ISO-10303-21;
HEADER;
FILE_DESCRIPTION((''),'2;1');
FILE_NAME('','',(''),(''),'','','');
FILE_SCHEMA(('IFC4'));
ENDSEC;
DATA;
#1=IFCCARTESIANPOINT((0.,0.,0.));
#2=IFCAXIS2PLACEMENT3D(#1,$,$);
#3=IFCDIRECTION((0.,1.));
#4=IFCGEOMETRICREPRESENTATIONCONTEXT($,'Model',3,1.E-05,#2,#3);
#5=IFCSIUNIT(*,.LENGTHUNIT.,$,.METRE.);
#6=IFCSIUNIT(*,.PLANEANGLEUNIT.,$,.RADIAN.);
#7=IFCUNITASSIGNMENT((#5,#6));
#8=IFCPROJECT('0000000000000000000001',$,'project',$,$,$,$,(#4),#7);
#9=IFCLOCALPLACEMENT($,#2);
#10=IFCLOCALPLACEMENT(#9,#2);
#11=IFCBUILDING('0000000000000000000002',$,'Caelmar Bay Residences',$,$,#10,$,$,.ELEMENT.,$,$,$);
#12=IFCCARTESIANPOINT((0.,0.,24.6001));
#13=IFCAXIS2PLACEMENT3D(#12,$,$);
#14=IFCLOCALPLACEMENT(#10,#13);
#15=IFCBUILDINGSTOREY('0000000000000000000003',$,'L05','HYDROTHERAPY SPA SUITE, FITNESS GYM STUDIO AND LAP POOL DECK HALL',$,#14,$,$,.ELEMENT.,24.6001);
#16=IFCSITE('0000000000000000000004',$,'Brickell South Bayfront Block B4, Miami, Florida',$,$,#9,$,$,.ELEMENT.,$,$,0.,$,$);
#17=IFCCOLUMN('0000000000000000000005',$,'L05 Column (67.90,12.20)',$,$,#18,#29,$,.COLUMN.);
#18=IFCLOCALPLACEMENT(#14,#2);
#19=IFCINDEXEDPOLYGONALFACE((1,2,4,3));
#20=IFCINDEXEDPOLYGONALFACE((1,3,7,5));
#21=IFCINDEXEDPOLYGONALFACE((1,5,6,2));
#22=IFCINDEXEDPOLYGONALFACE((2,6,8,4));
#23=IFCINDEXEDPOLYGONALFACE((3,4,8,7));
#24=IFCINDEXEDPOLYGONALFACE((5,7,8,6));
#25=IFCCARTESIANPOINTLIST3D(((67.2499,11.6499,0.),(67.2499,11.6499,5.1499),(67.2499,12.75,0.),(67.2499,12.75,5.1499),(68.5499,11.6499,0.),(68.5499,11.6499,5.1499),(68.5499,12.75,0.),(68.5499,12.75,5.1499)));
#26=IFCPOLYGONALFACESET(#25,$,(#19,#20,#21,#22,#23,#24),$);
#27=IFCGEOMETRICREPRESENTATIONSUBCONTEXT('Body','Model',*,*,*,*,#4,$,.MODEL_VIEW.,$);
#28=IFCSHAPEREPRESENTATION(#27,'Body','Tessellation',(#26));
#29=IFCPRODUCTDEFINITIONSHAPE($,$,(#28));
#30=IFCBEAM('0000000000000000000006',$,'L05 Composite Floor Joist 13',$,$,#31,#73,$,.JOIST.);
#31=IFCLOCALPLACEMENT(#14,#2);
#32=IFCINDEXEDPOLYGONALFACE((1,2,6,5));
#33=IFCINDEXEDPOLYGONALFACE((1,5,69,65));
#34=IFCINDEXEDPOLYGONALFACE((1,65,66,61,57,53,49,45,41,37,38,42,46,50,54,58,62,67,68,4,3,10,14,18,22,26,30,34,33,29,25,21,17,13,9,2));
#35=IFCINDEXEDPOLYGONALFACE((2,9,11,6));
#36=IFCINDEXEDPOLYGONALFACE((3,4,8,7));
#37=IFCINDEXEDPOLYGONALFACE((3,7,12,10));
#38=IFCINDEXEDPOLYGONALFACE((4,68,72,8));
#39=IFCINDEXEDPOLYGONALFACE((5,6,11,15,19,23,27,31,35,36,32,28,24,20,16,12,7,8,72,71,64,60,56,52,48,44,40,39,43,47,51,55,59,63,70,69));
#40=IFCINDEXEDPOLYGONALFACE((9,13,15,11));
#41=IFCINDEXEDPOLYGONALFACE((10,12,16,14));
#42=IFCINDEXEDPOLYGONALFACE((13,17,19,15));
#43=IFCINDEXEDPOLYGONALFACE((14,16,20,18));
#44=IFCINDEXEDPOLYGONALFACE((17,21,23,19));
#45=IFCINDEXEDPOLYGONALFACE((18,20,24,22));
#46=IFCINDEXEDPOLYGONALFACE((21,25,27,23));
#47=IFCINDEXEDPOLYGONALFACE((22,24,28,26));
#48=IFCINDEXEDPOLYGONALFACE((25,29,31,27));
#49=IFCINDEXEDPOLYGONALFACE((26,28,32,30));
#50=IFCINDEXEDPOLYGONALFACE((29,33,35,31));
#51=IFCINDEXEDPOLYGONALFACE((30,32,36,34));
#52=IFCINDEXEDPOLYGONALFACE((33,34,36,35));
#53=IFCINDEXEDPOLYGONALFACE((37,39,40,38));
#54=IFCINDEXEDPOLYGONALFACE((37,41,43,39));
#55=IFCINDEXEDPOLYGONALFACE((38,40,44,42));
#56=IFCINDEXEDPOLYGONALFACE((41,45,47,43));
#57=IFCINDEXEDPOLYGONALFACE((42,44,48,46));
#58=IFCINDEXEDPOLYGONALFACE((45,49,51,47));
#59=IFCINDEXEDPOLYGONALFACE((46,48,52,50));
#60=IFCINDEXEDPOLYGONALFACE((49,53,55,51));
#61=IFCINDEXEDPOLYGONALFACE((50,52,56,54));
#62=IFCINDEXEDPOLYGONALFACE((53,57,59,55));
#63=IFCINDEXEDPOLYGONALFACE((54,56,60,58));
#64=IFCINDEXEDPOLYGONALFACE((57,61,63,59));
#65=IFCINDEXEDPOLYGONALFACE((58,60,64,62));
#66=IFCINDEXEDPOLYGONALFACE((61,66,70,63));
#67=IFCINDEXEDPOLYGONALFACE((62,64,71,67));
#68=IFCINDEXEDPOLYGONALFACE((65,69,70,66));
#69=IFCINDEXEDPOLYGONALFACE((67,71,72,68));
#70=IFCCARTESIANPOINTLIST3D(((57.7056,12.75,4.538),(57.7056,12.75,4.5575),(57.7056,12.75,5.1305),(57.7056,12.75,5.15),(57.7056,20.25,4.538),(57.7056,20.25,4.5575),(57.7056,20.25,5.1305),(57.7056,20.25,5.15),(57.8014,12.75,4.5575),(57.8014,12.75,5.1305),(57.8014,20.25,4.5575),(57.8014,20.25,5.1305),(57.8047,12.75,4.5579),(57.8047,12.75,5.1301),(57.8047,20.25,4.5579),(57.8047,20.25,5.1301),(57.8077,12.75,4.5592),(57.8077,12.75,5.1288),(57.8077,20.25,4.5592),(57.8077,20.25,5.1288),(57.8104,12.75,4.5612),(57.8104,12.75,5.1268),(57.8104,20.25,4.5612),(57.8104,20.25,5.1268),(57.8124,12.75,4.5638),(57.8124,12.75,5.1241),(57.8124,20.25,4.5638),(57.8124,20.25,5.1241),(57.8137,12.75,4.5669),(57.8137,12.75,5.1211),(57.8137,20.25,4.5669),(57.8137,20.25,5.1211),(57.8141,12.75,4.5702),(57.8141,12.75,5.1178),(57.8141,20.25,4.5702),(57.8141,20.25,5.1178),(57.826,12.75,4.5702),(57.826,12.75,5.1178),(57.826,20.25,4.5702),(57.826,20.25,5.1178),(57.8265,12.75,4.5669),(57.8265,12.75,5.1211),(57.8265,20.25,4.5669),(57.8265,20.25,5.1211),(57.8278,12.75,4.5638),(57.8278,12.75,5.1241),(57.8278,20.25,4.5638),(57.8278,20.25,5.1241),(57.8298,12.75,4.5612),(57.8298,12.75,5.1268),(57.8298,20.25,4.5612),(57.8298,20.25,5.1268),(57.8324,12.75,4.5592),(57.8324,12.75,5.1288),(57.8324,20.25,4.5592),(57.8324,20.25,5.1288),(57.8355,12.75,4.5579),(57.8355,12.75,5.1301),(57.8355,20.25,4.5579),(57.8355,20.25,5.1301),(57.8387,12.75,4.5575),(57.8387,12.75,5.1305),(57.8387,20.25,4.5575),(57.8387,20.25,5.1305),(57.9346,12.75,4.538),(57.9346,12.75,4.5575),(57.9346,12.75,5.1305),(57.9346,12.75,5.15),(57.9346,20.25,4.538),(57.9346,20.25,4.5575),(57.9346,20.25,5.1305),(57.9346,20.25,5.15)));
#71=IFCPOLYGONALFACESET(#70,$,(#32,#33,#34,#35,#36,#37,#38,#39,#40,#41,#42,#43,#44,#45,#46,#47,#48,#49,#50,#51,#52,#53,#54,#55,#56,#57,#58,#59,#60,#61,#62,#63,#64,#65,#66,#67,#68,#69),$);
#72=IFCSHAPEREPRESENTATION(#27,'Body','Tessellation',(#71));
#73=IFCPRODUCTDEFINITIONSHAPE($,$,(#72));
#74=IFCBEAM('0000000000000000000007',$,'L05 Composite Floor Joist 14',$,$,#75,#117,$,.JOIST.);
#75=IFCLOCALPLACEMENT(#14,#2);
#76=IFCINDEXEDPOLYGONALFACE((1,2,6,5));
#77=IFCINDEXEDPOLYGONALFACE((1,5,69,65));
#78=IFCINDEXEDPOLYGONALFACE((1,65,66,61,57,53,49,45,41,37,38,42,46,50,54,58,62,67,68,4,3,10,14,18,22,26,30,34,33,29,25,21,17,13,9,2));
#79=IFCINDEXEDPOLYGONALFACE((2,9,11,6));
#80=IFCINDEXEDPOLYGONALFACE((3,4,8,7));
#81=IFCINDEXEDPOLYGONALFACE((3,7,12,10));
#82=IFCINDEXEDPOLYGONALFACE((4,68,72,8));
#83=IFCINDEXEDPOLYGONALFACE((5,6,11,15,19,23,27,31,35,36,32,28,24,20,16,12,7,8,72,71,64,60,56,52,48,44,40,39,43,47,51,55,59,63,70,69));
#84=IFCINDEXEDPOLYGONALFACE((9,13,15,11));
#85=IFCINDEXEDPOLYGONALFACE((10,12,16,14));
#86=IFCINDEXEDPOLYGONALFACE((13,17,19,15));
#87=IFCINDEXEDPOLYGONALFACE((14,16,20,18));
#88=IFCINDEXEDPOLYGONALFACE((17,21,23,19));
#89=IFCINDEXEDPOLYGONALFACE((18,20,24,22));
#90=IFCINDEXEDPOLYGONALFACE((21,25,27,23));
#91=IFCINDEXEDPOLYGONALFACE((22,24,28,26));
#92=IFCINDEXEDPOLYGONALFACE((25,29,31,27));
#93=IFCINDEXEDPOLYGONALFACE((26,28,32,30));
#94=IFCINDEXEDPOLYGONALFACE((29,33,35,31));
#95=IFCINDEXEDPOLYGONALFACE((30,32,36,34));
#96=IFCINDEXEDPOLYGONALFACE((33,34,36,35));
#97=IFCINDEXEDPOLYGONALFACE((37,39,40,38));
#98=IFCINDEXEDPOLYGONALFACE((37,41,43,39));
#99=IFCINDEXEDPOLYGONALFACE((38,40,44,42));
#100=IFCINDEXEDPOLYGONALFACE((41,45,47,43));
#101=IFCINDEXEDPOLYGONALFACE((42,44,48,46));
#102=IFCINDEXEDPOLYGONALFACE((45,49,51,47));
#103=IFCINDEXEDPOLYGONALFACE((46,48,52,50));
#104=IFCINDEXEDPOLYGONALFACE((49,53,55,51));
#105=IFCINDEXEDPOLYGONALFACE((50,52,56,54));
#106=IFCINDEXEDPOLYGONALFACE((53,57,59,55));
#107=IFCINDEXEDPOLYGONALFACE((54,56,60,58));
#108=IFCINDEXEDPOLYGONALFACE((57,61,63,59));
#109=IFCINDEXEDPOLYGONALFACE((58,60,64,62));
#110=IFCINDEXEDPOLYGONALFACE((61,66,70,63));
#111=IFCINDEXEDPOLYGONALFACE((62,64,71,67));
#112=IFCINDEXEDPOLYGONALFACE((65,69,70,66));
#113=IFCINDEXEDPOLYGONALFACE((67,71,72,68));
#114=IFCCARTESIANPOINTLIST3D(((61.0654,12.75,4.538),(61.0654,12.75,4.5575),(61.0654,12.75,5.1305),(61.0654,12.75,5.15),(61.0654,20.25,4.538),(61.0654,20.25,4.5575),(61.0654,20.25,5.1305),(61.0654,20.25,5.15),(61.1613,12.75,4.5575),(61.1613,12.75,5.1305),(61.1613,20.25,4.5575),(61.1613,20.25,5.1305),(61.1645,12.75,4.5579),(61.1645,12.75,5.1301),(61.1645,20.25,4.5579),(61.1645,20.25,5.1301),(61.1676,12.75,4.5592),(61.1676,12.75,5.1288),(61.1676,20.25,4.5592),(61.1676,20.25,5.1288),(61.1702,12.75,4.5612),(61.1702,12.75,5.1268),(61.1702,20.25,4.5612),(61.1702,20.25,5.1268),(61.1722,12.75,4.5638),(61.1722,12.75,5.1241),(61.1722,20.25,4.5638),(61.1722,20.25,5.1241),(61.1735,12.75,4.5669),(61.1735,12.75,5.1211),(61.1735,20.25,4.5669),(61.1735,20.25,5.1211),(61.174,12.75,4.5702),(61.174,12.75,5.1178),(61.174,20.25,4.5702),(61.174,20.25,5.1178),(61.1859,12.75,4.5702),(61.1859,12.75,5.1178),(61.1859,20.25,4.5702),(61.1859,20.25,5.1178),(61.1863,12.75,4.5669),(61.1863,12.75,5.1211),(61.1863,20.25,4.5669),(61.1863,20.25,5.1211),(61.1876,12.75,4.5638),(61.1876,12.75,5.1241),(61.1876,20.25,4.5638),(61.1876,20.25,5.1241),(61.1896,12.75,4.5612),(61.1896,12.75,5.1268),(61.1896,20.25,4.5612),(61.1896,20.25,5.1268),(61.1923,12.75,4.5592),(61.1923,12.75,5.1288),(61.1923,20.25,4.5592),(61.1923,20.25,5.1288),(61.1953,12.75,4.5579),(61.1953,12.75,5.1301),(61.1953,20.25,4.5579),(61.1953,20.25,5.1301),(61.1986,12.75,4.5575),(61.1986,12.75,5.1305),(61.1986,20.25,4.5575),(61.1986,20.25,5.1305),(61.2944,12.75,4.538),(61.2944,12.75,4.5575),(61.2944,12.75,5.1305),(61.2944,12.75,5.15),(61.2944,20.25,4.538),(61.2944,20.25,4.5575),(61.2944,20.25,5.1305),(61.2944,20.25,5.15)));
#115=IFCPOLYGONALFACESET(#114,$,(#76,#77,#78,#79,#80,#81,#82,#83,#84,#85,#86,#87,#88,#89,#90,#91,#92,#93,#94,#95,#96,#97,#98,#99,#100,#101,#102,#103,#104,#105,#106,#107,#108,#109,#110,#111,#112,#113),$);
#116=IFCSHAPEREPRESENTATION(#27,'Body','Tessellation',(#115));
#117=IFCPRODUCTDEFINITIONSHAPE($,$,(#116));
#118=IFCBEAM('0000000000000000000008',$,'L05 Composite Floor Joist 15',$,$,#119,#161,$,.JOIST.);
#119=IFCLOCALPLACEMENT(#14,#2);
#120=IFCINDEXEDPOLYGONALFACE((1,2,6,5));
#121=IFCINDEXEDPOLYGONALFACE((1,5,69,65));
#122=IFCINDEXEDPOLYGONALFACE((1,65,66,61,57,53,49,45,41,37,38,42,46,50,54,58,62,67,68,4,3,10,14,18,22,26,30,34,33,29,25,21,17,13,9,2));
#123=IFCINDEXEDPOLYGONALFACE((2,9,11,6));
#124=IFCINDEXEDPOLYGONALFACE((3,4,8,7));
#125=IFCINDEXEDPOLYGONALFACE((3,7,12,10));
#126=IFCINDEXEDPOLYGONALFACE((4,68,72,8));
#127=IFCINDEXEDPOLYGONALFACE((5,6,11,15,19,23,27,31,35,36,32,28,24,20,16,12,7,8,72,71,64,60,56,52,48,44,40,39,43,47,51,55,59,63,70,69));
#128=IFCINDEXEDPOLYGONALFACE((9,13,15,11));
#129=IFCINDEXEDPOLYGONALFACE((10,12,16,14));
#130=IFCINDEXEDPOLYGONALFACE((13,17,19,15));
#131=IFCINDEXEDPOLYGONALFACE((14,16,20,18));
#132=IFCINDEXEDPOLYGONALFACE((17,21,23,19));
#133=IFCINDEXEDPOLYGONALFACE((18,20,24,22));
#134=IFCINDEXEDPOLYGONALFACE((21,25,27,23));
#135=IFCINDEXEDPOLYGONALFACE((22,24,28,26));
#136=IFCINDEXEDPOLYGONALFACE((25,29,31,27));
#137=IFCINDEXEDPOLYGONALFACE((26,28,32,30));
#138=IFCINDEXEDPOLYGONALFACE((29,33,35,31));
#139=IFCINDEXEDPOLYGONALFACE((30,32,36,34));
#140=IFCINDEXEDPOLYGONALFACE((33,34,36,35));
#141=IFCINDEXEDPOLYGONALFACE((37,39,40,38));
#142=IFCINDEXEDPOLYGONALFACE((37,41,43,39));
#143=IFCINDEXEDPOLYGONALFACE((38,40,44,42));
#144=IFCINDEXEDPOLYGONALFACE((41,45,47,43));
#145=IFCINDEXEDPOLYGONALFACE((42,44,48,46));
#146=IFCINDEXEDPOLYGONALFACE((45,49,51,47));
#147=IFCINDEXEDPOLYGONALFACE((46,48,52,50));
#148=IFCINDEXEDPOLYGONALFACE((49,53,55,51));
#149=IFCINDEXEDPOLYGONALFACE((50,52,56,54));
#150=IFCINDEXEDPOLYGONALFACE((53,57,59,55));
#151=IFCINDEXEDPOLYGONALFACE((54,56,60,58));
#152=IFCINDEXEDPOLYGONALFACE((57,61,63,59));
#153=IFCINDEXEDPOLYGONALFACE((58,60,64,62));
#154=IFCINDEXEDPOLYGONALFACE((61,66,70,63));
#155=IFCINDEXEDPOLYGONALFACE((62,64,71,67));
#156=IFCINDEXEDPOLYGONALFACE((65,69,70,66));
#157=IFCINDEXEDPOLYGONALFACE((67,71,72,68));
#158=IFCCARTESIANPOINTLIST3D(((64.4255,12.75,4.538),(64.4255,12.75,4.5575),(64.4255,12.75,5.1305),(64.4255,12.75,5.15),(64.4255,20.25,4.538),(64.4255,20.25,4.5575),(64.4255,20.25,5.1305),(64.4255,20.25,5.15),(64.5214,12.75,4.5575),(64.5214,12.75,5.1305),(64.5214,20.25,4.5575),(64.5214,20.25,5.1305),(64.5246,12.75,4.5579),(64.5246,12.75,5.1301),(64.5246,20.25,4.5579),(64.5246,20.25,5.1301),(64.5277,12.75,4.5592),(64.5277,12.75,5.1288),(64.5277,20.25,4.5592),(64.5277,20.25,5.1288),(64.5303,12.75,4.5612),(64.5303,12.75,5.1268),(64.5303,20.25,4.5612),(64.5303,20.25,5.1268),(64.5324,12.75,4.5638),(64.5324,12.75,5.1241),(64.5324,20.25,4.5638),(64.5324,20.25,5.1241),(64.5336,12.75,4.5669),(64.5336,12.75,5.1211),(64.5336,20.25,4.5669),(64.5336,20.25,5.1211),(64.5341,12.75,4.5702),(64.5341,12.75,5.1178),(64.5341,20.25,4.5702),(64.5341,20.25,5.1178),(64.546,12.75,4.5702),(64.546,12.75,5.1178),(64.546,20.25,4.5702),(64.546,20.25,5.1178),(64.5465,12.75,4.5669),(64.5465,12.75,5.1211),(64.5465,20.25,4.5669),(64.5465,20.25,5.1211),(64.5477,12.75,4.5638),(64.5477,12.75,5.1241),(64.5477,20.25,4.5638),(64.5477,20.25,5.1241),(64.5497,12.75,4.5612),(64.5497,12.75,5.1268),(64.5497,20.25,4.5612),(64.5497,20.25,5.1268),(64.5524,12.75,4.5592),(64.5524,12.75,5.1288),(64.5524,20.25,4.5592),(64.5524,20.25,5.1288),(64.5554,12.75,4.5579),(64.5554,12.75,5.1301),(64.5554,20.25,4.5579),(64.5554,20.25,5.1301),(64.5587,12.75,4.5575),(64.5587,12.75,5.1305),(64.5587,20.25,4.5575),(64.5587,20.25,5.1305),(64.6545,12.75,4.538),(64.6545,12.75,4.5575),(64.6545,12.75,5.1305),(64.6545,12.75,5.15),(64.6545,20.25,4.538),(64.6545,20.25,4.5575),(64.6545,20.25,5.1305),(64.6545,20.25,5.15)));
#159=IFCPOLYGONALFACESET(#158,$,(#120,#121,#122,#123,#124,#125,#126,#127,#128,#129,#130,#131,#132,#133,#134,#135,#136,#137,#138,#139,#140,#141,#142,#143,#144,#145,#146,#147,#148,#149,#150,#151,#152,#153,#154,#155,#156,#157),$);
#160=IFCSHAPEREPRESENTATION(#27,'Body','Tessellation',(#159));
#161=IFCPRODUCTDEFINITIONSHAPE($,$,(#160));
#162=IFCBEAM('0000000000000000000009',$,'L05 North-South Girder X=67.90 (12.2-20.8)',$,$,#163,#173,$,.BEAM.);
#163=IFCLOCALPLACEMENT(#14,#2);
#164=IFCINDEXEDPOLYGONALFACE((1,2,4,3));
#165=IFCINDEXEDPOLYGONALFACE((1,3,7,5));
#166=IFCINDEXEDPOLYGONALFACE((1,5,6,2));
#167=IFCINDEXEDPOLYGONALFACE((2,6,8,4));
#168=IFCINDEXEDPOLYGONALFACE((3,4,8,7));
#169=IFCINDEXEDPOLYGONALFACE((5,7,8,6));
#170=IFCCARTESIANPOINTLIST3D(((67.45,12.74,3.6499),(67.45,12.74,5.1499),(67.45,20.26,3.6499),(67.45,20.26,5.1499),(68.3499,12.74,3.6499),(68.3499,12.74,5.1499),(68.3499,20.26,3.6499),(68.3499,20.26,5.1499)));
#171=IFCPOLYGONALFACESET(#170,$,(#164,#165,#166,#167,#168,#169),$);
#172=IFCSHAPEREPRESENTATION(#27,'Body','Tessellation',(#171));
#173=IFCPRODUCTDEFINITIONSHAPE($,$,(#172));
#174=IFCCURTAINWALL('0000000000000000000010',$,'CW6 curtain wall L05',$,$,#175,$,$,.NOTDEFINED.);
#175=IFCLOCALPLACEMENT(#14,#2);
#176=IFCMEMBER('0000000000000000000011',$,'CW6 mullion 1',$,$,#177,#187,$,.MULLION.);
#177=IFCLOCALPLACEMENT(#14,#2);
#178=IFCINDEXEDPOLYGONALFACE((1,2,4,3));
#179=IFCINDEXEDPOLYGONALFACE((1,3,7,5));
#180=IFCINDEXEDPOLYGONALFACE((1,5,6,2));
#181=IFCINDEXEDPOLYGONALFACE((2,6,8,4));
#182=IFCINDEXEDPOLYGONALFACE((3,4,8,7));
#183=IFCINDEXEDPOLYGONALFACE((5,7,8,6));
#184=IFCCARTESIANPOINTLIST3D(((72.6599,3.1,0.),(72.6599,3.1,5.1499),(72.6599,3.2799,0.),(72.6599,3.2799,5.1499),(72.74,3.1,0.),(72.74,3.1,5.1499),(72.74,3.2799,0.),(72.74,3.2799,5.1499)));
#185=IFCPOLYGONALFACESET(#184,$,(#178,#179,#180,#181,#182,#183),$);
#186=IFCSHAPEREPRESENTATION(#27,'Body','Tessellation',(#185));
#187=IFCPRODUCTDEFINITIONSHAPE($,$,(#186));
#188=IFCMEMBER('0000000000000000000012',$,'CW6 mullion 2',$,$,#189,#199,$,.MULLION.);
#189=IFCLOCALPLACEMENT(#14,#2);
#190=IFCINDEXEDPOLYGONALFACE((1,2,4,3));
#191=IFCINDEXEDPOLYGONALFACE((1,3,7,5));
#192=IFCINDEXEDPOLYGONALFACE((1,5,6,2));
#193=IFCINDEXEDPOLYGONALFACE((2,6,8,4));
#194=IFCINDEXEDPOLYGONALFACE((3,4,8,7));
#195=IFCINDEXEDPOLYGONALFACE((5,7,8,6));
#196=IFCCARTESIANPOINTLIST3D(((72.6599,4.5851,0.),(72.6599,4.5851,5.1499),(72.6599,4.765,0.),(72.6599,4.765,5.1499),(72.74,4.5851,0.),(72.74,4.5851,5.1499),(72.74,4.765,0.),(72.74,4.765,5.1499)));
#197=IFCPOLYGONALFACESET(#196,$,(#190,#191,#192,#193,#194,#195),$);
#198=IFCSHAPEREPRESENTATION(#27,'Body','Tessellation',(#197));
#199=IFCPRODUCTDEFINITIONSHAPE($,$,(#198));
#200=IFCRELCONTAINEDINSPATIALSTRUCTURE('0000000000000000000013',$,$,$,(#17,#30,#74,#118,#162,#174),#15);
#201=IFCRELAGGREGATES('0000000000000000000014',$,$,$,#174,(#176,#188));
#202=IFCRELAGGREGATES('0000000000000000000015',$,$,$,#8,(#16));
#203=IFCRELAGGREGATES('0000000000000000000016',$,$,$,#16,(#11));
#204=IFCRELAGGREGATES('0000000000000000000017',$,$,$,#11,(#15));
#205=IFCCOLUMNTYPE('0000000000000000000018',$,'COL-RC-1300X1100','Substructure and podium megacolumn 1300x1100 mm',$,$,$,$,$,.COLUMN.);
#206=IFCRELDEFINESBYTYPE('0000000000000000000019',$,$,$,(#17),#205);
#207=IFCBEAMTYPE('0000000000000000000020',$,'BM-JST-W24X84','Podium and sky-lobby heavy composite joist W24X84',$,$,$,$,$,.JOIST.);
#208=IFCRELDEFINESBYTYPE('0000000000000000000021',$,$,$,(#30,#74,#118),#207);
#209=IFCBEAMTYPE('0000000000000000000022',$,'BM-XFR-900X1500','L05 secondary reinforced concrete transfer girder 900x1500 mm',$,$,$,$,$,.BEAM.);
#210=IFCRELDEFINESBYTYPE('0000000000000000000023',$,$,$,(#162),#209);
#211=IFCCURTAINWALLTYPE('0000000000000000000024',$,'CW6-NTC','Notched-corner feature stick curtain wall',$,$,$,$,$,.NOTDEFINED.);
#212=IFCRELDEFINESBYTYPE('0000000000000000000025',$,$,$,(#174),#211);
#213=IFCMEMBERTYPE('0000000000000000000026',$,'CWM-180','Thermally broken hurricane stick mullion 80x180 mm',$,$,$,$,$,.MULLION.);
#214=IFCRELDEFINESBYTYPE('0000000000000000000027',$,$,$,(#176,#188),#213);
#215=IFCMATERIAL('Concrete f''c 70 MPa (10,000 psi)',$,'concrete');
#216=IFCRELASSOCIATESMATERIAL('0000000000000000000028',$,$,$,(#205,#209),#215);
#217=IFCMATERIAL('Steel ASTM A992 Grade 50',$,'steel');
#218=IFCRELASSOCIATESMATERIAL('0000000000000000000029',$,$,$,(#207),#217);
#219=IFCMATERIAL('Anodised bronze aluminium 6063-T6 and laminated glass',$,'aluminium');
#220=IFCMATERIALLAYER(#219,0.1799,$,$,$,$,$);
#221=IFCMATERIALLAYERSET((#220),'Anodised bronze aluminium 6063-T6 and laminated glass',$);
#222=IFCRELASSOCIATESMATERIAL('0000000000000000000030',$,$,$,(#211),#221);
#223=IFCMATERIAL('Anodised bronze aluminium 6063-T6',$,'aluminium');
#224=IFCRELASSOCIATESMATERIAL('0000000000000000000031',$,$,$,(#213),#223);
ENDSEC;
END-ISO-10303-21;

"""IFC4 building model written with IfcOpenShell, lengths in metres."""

from ifc_helpers import new_model, si_unit, direction, frame, origin, origin_2d, place, context, subcontext, project, spatial, rectangle, i_section, extrude, material, layer, layer_set, material_profile, profile_set, type_object, element, aggregate, save


model = new_model("IFC4")

# Units and contexts
model_context = context("Model", 3, precision=1e-05, world=origin(), true_north=direction((0.0, 1.0)))
body_context = subcontext(model_context, "Body", "Model", "MODEL_VIEW")
ifc_project = project(units=[si_unit("LENGTHUNIT", "METRE"), si_unit("PLANEANGLEUNIT", "RADIAN")], contexts=[model_context])

# Site, building, storey
site_placement = place(None, origin())
site = spatial("IfcSite", under=ifc_project, at=site_placement, Name="Brickell South Bayfront Block B4, Miami, Florida", CompositionType="ELEMENT", RefElevation=0.0)
building_placement = place(site_placement, origin())
building = spatial("IfcBuilding", under=site, at=building_placement, Name="Caelmar Bay Residences", CompositionType="ELEMENT")
storey_placement = place(building_placement, frame((0.0, 0.0, 24.6001)))
storey = spatial("IfcBuildingStorey", under=building, at=storey_placement, Name="L05", Description="HYDROTHERAPY SPA SUITE, FITNESS GYM STUDIO AND LAP POOL DECK HALL", CompositionType="ELEMENT", Elevation=24.6001)

# Column
ifc_material_1 = material(Name="Concrete f'c 70 MPa (10,000 psi)", Category="concrete")
ifc_material_profile_1 = material_profile(ifc_material_1, rectangle(XDim=1.3, YDim=1.1001, at=origin_2d()), Name="RC-COL-1300X1100")
ifc_profile_set_1 = profile_set([ifc_material_profile_1], Name="Concrete f'c 70 MPa (10,000 psi)")
column_type = type_object("IfcColumnType", Name="COL-RC-1300X1100", Description="Substructure and podium megacolumn 1300x1100 mm", PredefinedType="COLUMN", material=ifc_profile_set_1)
column_placement = place(storey_placement, frame((67.8999, 12.2, 0.0), z_axis=(0.0, 0.0, 1.0), x_axis=(1.0, 0.0, 0.0)))
element("IfcColumn", 1, at=column_placement, inside=storey, type_object=column_type, Name="L05 Column (67.90,12.20)", PredefinedType="COLUMN", context=body_context, shape_type="SweptSolid", body=[
    extrude(rectangle(XDim=1.3, YDim=1.1001, at=origin_2d()), origin(), (0.0, 0.0, 1.0), 5.1499),
])

# Beams
ifc_material_2 = material(Name="Steel ASTM A992 Grade 50", Category="steel")
ifc_material_profile_2 = material_profile(ifc_material_2, i_section(OverallWidth=0.229, OverallDepth=0.6121, WebThickness=0.012, FlangeThickness=0.0195, FilletRadius=0.0127, at=origin_2d()), Name="W24X84")
ifc_profile_set_2 = profile_set([ifc_material_profile_2], Name="Steel ASTM A992 Grade 50")
beam_type_1 = type_object("IfcBeamType", Name="BM-JST-W24X84", Description="Podium and sky-lobby heavy composite joist W24X84", PredefinedType="JOIST", material=ifc_profile_set_2)
for number, where, z_axis, x_axis, name in (
    (2, (57.8201, 12.75, 4.844), (0.0, 1.0, 0.0), (-1.0, 0.0, 0.0), "L05 Composite Floor Joist 13"),
    (3, (61.1799, 12.75, 4.844), (0.0, 1.0, 0.0), (-1.0, 0.0, 0.0), "L05 Composite Floor Joist 14"),
    (4, (64.54, 12.75, 4.844), (0.0, 1.0, 0.0), (-1.0, 0.0, 0.0), "L05 Composite Floor Joist 15"),
):
    element("IfcBeam", number, at=place(storey_placement, frame(where, z_axis=z_axis, x_axis=x_axis)), inside=storey, type_object=beam_type_1, Name=name, PredefinedType="JOIST", context=body_context, shape_type="SweptSolid", body=[
        extrude(i_section(OverallWidth=0.229, OverallDepth=0.6121, WebThickness=0.012, FlangeThickness=0.0195, FilletRadius=0.0127, at=origin_2d()), origin(), (0.0, 0.0, 1.0), 7.5),
    ])
ifc_material_profile_3 = material_profile(ifc_material_1, rectangle(XDim=0.8999, YDim=1.5, at=origin_2d()), Name="RC-BM-900X1500")
ifc_profile_set_3 = profile_set([ifc_material_profile_3], Name="Concrete f'c 70 MPa (10,000 psi)")
beam_type_2 = type_object("IfcBeamType", Name="BM-XFR-900X1500", Description="L05 secondary reinforced concrete transfer girder 900x1500 mm", PredefinedType="BEAM", material=ifc_profile_set_3)
beam_placement = place(storey_placement, frame((67.8999, 12.74, 4.3999), z_axis=(0.0, 1.0, 0.0), x_axis=(-1.0, 0.0, 0.0)))
element("IfcBeam", 5, at=beam_placement, inside=storey, type_object=beam_type_2, Name="L05 North-South Girder X=67.90 (12.2-20.8)", PredefinedType="BEAM", context=body_context, shape_type="SweptSolid", body=[
    extrude(rectangle(XDim=0.8999, YDim=1.5, at=origin_2d()), origin(), (0.0, 0.0, 1.0), 7.52),
])

# Curtain wall, members
ifc_material_3 = material(Name="Anodised bronze aluminium 6063-T6 and laminated glass", Category="aluminium")
ifc_layer_1 = layer(ifc_material_3, 0.1799)
ifc_layer_set_1 = layer_set([ifc_layer_1], Name="Anodised bronze aluminium 6063-T6 and laminated glass")
curtain_wall_type = type_object("IfcCurtainWallType", Name="CW6-NTC", Description="Notched-corner feature stick curtain wall", PredefinedType="NOTDEFINED", material=ifc_layer_set_1)
curtain_wall_placement = place(storey_placement, origin())
curtain_wall = element("IfcCurtainWall", 6, at=curtain_wall_placement, inside=storey, type_object=curtain_wall_type, Name="CW6 curtain wall L05", PredefinedType="NOTDEFINED")
ifc_material_4 = material(Name="Anodised bronze aluminium 6063-T6", Category="aluminium")
ifc_material_profile_4 = material_profile(ifc_material_4, rectangle(XDim=0.0801, YDim=0.1799, at=origin_2d()), Name="CWM-80X180")
ifc_profile_set_4 = profile_set([ifc_material_profile_4], Name="Anodised bronze aluminium 6063-T6")
member_type_1 = type_object("IfcMemberType", Name="CWM-180", Description="Thermally broken hurricane stick mullion 80x180 mm", PredefinedType="MULLION", material=ifc_profile_set_4)
member_1_placement = place(storey_placement, frame((72.7, 3.1899, 0.0), z_axis=(0.0, 0.0, 1.0), x_axis=(-1.0, 0.0, 0.0)))
member_1 = element("IfcMember", 7, at=member_1_placement, type_object=member_type_1, Name="CW6 mullion 1", PredefinedType="MULLION", context=body_context, shape_type="SweptSolid", body=[
    extrude(rectangle(XDim=0.0801, YDim=0.1799, at=origin_2d()), origin(), (0.0, 0.0, 1.0), 5.1499),
])
member_2_placement = place(storey_placement, frame((72.7, 4.675, 0.0), z_axis=(0.0, 0.0, 1.0), x_axis=(-1.0, 0.0, 0.0)))
member_2 = element("IfcMember", 8, at=member_2_placement, type_object=member_type_1, Name="CW6 mullion 2", PredefinedType="MULLION", context=body_context, shape_type="SweptSolid", body=[
    extrude(rectangle(XDim=0.0801, YDim=0.1799, at=origin_2d()), origin(), (0.0, 0.0, 1.0), 5.1499),
])
aggregate(curtain_wall, [member_1, member_2])

save(model, "model.ifc")
